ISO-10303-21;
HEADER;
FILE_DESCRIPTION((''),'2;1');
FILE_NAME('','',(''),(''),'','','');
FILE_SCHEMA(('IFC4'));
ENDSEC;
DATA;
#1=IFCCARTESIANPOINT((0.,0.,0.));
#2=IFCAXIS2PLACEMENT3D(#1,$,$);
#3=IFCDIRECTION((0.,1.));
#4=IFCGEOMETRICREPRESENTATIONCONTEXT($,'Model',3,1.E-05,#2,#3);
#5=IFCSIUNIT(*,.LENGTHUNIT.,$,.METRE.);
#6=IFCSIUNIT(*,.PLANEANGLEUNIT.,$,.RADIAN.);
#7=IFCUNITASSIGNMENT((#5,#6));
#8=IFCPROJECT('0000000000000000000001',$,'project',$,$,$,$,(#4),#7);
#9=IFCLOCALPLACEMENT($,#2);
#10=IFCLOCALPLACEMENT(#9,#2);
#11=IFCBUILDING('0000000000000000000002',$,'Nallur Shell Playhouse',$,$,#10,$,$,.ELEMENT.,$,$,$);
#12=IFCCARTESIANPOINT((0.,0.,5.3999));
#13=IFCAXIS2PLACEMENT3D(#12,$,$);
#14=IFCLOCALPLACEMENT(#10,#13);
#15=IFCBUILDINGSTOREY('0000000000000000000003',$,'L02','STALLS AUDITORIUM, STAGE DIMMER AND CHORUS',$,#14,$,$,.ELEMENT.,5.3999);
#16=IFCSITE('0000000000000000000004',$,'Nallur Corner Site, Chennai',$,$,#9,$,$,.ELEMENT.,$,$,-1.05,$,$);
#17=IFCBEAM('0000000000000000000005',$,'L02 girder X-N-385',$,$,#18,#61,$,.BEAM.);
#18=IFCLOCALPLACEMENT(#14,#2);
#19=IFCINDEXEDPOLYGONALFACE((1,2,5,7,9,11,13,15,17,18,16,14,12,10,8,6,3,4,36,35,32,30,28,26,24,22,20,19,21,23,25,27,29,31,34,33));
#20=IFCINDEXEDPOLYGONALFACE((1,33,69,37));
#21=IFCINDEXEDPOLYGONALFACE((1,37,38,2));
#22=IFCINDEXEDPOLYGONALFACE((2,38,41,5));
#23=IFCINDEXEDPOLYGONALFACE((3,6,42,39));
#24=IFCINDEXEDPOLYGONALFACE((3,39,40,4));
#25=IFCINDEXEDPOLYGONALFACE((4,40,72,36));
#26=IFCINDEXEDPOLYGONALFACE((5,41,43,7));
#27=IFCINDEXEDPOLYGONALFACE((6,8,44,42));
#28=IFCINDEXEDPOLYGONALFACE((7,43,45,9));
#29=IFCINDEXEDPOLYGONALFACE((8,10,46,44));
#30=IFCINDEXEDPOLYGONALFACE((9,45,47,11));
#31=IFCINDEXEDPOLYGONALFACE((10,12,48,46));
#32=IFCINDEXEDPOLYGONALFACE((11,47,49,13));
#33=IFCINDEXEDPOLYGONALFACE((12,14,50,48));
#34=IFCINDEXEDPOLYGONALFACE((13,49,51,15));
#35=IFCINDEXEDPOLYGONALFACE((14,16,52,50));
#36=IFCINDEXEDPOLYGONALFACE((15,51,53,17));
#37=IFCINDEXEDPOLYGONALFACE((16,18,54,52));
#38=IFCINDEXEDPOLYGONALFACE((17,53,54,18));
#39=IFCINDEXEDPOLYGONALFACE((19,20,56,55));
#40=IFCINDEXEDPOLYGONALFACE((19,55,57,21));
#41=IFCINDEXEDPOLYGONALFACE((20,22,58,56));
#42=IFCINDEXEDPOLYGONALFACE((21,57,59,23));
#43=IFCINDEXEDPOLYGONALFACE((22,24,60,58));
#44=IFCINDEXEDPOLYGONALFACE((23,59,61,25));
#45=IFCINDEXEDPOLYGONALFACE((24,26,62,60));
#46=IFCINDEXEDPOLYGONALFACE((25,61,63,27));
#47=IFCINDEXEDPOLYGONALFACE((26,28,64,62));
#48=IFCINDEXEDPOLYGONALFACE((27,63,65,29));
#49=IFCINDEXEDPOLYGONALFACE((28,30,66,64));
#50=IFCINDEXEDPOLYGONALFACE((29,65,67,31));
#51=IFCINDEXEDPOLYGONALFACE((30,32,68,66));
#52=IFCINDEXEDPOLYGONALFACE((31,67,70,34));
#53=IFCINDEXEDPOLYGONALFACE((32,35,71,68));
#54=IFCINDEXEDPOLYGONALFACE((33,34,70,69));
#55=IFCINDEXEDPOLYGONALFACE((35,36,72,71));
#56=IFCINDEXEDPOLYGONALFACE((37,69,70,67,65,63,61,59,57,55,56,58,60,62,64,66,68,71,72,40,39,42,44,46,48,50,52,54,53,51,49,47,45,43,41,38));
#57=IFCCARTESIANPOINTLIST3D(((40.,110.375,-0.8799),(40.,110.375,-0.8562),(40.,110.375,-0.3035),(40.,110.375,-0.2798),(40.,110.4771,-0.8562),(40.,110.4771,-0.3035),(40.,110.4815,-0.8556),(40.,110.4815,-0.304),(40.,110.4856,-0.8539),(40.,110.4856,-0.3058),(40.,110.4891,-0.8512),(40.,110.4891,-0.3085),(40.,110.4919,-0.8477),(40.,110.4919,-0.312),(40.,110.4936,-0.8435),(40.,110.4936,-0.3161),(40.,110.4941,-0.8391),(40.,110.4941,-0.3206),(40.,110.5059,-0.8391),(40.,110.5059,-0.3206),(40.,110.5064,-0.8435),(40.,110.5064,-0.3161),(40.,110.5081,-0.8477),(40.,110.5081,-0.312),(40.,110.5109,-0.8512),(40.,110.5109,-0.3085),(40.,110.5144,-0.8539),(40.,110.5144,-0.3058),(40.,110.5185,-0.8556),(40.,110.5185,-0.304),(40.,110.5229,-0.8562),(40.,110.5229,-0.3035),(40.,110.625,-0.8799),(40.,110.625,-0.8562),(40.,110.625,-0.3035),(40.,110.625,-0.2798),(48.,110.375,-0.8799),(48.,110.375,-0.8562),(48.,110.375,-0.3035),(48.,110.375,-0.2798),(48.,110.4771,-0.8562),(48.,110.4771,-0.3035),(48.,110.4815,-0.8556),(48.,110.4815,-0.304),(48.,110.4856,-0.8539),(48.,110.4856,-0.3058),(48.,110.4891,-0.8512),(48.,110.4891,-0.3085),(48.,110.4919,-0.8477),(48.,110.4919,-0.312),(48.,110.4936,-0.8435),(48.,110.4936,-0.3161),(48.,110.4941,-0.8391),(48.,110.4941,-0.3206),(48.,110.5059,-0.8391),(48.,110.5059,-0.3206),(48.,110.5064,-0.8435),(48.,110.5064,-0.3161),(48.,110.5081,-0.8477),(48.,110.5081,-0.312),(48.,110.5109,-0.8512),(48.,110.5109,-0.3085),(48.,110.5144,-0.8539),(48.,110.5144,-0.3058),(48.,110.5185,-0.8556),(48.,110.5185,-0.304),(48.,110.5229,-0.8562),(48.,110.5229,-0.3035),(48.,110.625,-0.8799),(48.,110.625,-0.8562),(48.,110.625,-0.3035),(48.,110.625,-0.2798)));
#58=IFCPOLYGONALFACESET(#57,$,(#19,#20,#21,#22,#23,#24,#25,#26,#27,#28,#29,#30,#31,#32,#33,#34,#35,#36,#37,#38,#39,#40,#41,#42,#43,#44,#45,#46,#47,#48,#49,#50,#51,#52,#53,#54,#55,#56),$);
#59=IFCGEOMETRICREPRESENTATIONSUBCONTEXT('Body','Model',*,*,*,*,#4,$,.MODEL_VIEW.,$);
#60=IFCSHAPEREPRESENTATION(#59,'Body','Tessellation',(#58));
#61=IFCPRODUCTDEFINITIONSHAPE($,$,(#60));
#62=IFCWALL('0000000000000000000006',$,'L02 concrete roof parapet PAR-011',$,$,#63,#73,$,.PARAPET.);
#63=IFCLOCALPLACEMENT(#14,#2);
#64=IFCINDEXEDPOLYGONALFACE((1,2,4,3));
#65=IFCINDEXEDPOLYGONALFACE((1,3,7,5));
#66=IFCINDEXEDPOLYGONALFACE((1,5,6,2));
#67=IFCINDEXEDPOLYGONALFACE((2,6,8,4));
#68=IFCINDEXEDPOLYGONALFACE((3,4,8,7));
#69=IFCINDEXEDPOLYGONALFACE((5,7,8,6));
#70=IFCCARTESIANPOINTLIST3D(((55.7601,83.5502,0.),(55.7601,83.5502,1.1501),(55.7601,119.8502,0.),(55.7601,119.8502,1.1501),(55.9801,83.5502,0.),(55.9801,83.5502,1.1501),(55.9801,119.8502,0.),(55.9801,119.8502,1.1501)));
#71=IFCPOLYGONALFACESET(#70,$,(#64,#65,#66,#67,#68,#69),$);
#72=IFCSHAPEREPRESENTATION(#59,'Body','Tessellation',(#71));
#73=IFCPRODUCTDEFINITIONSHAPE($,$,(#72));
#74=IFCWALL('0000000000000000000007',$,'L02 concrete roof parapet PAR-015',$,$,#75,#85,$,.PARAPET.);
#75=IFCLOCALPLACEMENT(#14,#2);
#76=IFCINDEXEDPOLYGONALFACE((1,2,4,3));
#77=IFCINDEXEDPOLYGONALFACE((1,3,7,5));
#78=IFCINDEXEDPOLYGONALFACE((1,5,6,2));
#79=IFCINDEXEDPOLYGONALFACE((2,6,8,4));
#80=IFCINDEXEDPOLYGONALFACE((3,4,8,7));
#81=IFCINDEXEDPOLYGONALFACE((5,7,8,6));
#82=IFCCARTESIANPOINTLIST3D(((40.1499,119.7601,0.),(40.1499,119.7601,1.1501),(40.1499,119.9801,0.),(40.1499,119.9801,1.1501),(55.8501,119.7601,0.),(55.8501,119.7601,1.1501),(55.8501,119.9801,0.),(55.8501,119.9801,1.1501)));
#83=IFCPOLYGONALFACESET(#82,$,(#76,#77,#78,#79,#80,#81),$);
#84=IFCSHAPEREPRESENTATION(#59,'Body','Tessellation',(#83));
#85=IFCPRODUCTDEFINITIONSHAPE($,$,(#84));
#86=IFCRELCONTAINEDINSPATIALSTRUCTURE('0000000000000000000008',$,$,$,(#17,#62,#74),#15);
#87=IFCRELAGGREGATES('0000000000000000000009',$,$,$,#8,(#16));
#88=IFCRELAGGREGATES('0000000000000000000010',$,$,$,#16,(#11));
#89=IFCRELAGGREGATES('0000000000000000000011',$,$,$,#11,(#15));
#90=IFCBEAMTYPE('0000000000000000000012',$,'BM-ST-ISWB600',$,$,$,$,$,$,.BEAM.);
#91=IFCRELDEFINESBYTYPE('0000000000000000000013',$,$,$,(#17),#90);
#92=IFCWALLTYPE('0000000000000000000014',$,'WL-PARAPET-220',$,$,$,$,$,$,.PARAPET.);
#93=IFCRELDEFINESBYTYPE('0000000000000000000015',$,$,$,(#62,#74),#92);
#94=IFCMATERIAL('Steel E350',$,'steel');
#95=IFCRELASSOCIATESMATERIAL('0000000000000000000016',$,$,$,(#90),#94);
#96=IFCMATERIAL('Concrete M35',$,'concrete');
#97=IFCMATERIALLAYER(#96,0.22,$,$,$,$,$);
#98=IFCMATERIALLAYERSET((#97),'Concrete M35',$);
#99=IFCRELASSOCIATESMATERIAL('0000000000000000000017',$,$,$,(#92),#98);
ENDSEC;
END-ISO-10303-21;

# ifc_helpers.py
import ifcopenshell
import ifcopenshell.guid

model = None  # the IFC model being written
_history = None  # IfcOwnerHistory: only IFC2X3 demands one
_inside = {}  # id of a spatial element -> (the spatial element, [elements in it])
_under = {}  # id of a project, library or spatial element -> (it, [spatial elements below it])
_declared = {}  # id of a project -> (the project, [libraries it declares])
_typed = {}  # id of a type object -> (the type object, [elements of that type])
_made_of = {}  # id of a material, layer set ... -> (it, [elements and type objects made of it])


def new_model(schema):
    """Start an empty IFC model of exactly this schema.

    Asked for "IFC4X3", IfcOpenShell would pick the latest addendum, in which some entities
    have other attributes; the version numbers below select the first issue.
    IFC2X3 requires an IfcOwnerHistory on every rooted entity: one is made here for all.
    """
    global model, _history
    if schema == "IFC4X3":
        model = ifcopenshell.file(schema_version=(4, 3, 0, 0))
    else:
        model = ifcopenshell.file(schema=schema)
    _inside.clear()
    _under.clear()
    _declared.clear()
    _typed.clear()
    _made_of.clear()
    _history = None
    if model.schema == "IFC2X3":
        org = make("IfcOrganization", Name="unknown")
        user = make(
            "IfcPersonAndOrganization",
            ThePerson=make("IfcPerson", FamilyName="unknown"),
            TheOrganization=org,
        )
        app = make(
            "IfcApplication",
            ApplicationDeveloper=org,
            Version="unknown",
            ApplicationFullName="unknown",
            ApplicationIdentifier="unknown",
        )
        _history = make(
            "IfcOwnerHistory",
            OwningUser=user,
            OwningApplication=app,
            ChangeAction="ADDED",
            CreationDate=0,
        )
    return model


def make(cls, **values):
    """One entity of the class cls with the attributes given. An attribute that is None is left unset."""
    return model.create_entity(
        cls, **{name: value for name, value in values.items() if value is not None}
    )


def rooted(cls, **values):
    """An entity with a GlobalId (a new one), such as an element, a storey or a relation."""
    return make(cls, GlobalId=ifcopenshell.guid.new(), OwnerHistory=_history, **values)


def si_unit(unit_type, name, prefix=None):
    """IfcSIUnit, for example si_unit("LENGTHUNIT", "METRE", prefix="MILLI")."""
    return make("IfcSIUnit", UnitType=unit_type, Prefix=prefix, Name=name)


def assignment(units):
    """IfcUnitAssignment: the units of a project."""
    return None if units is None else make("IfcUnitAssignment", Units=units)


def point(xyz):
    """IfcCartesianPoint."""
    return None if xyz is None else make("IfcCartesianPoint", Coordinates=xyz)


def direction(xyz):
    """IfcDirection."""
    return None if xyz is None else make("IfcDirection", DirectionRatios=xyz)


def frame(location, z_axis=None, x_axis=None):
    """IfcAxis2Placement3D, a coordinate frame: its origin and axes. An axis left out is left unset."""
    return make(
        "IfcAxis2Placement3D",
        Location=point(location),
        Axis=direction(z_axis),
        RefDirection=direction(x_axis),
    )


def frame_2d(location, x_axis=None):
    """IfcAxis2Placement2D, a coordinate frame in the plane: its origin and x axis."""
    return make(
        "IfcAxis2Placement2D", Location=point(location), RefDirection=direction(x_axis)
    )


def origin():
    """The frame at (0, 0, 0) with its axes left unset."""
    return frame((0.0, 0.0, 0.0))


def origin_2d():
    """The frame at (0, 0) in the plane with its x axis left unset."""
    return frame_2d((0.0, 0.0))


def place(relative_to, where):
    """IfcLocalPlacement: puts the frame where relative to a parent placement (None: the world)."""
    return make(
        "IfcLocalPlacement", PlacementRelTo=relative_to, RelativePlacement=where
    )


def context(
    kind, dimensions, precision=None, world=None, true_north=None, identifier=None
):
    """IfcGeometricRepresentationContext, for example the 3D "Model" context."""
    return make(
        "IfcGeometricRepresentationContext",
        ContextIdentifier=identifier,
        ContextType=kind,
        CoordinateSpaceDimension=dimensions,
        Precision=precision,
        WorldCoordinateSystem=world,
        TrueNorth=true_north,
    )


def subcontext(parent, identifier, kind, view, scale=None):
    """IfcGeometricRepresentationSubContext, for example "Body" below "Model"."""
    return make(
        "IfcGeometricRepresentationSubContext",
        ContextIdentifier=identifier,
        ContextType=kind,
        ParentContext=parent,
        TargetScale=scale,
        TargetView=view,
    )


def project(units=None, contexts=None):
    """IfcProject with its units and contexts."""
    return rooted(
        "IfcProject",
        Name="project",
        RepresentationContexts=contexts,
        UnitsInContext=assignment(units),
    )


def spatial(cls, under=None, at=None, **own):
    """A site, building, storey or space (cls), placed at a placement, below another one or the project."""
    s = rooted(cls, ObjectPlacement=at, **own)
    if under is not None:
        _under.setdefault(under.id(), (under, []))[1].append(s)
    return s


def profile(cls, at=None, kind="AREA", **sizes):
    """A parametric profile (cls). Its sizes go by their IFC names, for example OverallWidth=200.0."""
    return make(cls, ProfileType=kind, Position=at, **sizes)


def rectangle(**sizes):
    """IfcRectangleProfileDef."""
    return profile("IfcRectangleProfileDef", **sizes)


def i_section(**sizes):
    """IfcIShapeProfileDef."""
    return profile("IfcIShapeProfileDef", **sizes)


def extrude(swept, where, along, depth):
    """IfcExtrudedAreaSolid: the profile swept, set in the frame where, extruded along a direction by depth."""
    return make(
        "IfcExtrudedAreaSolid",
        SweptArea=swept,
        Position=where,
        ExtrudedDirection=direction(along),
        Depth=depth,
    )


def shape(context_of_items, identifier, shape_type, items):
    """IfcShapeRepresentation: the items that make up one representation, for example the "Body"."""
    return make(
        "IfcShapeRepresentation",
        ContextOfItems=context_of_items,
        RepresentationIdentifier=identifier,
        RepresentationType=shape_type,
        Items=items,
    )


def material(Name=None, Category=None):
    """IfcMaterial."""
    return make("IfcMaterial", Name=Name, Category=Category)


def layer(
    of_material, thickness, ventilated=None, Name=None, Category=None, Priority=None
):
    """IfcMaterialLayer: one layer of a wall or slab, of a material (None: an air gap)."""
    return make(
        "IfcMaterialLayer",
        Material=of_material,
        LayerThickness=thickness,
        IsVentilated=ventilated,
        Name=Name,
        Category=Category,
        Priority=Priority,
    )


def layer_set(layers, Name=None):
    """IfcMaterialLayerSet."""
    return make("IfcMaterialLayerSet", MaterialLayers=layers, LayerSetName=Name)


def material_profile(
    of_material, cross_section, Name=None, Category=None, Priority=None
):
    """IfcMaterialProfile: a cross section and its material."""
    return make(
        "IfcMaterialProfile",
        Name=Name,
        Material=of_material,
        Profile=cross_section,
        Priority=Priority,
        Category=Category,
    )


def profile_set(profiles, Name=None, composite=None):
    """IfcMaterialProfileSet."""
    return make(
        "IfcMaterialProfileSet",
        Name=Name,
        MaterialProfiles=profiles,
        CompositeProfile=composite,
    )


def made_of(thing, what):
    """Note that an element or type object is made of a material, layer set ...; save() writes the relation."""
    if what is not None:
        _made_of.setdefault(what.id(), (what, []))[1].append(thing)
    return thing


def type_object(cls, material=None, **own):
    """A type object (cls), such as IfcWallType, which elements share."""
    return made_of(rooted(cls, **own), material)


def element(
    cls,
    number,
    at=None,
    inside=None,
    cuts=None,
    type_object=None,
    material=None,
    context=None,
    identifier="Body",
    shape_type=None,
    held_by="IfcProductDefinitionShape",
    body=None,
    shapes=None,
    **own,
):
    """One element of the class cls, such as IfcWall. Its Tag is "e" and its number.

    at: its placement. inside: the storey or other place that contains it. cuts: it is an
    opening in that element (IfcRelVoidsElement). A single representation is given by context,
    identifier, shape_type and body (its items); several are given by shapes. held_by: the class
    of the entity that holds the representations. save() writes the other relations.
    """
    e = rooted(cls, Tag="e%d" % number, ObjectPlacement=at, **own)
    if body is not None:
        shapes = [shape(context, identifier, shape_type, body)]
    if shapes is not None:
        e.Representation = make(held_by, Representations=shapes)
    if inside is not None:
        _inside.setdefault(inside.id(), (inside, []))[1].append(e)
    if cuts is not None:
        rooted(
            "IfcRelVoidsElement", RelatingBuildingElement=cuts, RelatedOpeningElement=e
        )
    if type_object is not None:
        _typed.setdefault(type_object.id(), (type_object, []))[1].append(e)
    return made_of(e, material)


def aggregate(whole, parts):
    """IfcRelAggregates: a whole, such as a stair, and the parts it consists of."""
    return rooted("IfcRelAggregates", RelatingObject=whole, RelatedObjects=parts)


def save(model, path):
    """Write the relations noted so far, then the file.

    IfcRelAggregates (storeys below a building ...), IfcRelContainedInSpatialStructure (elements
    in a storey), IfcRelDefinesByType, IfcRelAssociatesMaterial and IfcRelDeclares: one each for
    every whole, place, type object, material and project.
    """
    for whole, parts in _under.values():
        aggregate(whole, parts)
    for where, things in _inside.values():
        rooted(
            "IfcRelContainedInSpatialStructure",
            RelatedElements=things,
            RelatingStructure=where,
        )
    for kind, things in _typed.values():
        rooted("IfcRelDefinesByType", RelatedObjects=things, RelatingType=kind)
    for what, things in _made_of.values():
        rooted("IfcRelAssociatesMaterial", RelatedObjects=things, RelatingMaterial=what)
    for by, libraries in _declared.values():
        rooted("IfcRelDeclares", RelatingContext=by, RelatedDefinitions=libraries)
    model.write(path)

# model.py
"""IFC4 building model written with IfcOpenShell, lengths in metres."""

from ifc_helpers import new_model, si_unit, direction, frame, frame_2d, origin, origin_2d, place, context, subcontext, project, spatial, rectangle, i_section, extrude, material, layer, layer_set, material_profile, profile_set, type_object, element, save


model = new_model("IFC4")

# Units and contexts
model_context = context("Model", 3, precision=1e-05, world=origin(), true_north=direction((0.0, 1.0)))
body_context = subcontext(model_context, "Body", "Model", "MODEL_VIEW")
ifc_project = project(units=[si_unit("LENGTHUNIT", "METRE"), si_unit("PLANEANGLEUNIT", "RADIAN")], contexts=[model_context])

# Site, building, storey
site_placement = place(None, origin())
site = spatial("IfcSite", under=ifc_project, at=site_placement, Name="Nallur Corner Site, Chennai", CompositionType="ELEMENT", RefElevation=-1.05)
building_placement = place(site_placement, origin())
building = spatial("IfcBuilding", under=site, at=building_placement, Name="Nallur Shell Playhouse", CompositionType="ELEMENT")
storey_placement = place(building_placement, frame((0.0, 0.0, 5.3999)))
storey = spatial("IfcBuildingStorey", under=building, at=storey_placement, Name="L02", Description="STALLS AUDITORIUM, STAGE DIMMER AND CHORUS", CompositionType="ELEMENT", Elevation=5.3999)

# Beam
ifc_material_1 = material(Name="Concrete M35", Category="concrete")
ifc_material_2 = material(Name="Steel E350", Category="steel")
ifc_material_profile_1 = material_profile(ifc_material_2, i_section(OverallWidth=0.25, OverallDepth=0.6001, WebThickness=0.0117, FlangeThickness=0.0237, FilletRadius=0.0171, at=origin_2d()), Name="ISWB 600")
ifc_profile_set_1 = profile_set([ifc_material_profile_1], Name="Steel E350")
beam_type_1 = type_object("IfcBeamType", Name="BM-ST-ISWB600", PredefinedType="BEAM", material=ifc_profile_set_1)
beam_1_placement = place(storey_placement, frame((40.0, 110.5, -0.5798), z_axis=(1.0, 0.0, 0.0), x_axis=(0.0, 1.0, 0.0)))
element("IfcBeam", 1, at=beam_1_placement, inside=storey, type_object=beam_type_1, Name="L02 girder X-N-385", PredefinedType="BEAM", context=body_context, shape_type="SweptSolid", body=[
    extrude(i_section(OverallWidth=0.25, OverallDepth=0.6001, WebThickness=0.0117, FlangeThickness=0.0237, FilletRadius=0.0171, at=origin_2d()), origin(), (0.0, 0.0, 1.0), 8.0),
])

# Walls
ifc_layer = layer(ifc_material_1, 0.22)
ifc_layer_set = layer_set([ifc_layer], Name="Concrete M35")
wall_type = type_object("IfcWallType", Name="WL-PARAPET-220", PredefinedType="PARAPET", material=ifc_layer_set)
wall_1_placement = place(storey_placement, frame((55.8701, 119.8501, 0.0), z_axis=(0.0, 0.0, 1.0), x_axis=(0.0, -1.0, 0.0)))
element("IfcWall", 2, at=wall_1_placement, inside=storey, type_object=wall_type, Name="L02 concrete roof parapet PAR-011", PredefinedType="PARAPET", context=body_context, shape_type="SweptSolid", body=[
    extrude(rectangle(XDim=36.3, YDim=0.22, at=frame_2d((18.1499, 0.0))), origin(), (0.0, 0.0, 1.0), 1.1501),
])
wall_2_placement = place(storey_placement, frame((40.1499, 119.8701, 0.0), z_axis=(0.0, 0.0, 1.0), x_axis=(1.0, 0.0, 0.0)))
element("IfcWall", 3, at=wall_2_placement, inside=storey, type_object=wall_type, Name="L02 concrete roof parapet PAR-015", PredefinedType="PARAPET", context=body_context, shape_type="SweptSolid", body=[
    extrude(rectangle(XDim=15.7002, YDim=0.22, at=frame_2d((7.8501, 0.0))), origin(), (0.0, 0.0, 1.0), 1.1501),
])

save(model, "model.ifc")
